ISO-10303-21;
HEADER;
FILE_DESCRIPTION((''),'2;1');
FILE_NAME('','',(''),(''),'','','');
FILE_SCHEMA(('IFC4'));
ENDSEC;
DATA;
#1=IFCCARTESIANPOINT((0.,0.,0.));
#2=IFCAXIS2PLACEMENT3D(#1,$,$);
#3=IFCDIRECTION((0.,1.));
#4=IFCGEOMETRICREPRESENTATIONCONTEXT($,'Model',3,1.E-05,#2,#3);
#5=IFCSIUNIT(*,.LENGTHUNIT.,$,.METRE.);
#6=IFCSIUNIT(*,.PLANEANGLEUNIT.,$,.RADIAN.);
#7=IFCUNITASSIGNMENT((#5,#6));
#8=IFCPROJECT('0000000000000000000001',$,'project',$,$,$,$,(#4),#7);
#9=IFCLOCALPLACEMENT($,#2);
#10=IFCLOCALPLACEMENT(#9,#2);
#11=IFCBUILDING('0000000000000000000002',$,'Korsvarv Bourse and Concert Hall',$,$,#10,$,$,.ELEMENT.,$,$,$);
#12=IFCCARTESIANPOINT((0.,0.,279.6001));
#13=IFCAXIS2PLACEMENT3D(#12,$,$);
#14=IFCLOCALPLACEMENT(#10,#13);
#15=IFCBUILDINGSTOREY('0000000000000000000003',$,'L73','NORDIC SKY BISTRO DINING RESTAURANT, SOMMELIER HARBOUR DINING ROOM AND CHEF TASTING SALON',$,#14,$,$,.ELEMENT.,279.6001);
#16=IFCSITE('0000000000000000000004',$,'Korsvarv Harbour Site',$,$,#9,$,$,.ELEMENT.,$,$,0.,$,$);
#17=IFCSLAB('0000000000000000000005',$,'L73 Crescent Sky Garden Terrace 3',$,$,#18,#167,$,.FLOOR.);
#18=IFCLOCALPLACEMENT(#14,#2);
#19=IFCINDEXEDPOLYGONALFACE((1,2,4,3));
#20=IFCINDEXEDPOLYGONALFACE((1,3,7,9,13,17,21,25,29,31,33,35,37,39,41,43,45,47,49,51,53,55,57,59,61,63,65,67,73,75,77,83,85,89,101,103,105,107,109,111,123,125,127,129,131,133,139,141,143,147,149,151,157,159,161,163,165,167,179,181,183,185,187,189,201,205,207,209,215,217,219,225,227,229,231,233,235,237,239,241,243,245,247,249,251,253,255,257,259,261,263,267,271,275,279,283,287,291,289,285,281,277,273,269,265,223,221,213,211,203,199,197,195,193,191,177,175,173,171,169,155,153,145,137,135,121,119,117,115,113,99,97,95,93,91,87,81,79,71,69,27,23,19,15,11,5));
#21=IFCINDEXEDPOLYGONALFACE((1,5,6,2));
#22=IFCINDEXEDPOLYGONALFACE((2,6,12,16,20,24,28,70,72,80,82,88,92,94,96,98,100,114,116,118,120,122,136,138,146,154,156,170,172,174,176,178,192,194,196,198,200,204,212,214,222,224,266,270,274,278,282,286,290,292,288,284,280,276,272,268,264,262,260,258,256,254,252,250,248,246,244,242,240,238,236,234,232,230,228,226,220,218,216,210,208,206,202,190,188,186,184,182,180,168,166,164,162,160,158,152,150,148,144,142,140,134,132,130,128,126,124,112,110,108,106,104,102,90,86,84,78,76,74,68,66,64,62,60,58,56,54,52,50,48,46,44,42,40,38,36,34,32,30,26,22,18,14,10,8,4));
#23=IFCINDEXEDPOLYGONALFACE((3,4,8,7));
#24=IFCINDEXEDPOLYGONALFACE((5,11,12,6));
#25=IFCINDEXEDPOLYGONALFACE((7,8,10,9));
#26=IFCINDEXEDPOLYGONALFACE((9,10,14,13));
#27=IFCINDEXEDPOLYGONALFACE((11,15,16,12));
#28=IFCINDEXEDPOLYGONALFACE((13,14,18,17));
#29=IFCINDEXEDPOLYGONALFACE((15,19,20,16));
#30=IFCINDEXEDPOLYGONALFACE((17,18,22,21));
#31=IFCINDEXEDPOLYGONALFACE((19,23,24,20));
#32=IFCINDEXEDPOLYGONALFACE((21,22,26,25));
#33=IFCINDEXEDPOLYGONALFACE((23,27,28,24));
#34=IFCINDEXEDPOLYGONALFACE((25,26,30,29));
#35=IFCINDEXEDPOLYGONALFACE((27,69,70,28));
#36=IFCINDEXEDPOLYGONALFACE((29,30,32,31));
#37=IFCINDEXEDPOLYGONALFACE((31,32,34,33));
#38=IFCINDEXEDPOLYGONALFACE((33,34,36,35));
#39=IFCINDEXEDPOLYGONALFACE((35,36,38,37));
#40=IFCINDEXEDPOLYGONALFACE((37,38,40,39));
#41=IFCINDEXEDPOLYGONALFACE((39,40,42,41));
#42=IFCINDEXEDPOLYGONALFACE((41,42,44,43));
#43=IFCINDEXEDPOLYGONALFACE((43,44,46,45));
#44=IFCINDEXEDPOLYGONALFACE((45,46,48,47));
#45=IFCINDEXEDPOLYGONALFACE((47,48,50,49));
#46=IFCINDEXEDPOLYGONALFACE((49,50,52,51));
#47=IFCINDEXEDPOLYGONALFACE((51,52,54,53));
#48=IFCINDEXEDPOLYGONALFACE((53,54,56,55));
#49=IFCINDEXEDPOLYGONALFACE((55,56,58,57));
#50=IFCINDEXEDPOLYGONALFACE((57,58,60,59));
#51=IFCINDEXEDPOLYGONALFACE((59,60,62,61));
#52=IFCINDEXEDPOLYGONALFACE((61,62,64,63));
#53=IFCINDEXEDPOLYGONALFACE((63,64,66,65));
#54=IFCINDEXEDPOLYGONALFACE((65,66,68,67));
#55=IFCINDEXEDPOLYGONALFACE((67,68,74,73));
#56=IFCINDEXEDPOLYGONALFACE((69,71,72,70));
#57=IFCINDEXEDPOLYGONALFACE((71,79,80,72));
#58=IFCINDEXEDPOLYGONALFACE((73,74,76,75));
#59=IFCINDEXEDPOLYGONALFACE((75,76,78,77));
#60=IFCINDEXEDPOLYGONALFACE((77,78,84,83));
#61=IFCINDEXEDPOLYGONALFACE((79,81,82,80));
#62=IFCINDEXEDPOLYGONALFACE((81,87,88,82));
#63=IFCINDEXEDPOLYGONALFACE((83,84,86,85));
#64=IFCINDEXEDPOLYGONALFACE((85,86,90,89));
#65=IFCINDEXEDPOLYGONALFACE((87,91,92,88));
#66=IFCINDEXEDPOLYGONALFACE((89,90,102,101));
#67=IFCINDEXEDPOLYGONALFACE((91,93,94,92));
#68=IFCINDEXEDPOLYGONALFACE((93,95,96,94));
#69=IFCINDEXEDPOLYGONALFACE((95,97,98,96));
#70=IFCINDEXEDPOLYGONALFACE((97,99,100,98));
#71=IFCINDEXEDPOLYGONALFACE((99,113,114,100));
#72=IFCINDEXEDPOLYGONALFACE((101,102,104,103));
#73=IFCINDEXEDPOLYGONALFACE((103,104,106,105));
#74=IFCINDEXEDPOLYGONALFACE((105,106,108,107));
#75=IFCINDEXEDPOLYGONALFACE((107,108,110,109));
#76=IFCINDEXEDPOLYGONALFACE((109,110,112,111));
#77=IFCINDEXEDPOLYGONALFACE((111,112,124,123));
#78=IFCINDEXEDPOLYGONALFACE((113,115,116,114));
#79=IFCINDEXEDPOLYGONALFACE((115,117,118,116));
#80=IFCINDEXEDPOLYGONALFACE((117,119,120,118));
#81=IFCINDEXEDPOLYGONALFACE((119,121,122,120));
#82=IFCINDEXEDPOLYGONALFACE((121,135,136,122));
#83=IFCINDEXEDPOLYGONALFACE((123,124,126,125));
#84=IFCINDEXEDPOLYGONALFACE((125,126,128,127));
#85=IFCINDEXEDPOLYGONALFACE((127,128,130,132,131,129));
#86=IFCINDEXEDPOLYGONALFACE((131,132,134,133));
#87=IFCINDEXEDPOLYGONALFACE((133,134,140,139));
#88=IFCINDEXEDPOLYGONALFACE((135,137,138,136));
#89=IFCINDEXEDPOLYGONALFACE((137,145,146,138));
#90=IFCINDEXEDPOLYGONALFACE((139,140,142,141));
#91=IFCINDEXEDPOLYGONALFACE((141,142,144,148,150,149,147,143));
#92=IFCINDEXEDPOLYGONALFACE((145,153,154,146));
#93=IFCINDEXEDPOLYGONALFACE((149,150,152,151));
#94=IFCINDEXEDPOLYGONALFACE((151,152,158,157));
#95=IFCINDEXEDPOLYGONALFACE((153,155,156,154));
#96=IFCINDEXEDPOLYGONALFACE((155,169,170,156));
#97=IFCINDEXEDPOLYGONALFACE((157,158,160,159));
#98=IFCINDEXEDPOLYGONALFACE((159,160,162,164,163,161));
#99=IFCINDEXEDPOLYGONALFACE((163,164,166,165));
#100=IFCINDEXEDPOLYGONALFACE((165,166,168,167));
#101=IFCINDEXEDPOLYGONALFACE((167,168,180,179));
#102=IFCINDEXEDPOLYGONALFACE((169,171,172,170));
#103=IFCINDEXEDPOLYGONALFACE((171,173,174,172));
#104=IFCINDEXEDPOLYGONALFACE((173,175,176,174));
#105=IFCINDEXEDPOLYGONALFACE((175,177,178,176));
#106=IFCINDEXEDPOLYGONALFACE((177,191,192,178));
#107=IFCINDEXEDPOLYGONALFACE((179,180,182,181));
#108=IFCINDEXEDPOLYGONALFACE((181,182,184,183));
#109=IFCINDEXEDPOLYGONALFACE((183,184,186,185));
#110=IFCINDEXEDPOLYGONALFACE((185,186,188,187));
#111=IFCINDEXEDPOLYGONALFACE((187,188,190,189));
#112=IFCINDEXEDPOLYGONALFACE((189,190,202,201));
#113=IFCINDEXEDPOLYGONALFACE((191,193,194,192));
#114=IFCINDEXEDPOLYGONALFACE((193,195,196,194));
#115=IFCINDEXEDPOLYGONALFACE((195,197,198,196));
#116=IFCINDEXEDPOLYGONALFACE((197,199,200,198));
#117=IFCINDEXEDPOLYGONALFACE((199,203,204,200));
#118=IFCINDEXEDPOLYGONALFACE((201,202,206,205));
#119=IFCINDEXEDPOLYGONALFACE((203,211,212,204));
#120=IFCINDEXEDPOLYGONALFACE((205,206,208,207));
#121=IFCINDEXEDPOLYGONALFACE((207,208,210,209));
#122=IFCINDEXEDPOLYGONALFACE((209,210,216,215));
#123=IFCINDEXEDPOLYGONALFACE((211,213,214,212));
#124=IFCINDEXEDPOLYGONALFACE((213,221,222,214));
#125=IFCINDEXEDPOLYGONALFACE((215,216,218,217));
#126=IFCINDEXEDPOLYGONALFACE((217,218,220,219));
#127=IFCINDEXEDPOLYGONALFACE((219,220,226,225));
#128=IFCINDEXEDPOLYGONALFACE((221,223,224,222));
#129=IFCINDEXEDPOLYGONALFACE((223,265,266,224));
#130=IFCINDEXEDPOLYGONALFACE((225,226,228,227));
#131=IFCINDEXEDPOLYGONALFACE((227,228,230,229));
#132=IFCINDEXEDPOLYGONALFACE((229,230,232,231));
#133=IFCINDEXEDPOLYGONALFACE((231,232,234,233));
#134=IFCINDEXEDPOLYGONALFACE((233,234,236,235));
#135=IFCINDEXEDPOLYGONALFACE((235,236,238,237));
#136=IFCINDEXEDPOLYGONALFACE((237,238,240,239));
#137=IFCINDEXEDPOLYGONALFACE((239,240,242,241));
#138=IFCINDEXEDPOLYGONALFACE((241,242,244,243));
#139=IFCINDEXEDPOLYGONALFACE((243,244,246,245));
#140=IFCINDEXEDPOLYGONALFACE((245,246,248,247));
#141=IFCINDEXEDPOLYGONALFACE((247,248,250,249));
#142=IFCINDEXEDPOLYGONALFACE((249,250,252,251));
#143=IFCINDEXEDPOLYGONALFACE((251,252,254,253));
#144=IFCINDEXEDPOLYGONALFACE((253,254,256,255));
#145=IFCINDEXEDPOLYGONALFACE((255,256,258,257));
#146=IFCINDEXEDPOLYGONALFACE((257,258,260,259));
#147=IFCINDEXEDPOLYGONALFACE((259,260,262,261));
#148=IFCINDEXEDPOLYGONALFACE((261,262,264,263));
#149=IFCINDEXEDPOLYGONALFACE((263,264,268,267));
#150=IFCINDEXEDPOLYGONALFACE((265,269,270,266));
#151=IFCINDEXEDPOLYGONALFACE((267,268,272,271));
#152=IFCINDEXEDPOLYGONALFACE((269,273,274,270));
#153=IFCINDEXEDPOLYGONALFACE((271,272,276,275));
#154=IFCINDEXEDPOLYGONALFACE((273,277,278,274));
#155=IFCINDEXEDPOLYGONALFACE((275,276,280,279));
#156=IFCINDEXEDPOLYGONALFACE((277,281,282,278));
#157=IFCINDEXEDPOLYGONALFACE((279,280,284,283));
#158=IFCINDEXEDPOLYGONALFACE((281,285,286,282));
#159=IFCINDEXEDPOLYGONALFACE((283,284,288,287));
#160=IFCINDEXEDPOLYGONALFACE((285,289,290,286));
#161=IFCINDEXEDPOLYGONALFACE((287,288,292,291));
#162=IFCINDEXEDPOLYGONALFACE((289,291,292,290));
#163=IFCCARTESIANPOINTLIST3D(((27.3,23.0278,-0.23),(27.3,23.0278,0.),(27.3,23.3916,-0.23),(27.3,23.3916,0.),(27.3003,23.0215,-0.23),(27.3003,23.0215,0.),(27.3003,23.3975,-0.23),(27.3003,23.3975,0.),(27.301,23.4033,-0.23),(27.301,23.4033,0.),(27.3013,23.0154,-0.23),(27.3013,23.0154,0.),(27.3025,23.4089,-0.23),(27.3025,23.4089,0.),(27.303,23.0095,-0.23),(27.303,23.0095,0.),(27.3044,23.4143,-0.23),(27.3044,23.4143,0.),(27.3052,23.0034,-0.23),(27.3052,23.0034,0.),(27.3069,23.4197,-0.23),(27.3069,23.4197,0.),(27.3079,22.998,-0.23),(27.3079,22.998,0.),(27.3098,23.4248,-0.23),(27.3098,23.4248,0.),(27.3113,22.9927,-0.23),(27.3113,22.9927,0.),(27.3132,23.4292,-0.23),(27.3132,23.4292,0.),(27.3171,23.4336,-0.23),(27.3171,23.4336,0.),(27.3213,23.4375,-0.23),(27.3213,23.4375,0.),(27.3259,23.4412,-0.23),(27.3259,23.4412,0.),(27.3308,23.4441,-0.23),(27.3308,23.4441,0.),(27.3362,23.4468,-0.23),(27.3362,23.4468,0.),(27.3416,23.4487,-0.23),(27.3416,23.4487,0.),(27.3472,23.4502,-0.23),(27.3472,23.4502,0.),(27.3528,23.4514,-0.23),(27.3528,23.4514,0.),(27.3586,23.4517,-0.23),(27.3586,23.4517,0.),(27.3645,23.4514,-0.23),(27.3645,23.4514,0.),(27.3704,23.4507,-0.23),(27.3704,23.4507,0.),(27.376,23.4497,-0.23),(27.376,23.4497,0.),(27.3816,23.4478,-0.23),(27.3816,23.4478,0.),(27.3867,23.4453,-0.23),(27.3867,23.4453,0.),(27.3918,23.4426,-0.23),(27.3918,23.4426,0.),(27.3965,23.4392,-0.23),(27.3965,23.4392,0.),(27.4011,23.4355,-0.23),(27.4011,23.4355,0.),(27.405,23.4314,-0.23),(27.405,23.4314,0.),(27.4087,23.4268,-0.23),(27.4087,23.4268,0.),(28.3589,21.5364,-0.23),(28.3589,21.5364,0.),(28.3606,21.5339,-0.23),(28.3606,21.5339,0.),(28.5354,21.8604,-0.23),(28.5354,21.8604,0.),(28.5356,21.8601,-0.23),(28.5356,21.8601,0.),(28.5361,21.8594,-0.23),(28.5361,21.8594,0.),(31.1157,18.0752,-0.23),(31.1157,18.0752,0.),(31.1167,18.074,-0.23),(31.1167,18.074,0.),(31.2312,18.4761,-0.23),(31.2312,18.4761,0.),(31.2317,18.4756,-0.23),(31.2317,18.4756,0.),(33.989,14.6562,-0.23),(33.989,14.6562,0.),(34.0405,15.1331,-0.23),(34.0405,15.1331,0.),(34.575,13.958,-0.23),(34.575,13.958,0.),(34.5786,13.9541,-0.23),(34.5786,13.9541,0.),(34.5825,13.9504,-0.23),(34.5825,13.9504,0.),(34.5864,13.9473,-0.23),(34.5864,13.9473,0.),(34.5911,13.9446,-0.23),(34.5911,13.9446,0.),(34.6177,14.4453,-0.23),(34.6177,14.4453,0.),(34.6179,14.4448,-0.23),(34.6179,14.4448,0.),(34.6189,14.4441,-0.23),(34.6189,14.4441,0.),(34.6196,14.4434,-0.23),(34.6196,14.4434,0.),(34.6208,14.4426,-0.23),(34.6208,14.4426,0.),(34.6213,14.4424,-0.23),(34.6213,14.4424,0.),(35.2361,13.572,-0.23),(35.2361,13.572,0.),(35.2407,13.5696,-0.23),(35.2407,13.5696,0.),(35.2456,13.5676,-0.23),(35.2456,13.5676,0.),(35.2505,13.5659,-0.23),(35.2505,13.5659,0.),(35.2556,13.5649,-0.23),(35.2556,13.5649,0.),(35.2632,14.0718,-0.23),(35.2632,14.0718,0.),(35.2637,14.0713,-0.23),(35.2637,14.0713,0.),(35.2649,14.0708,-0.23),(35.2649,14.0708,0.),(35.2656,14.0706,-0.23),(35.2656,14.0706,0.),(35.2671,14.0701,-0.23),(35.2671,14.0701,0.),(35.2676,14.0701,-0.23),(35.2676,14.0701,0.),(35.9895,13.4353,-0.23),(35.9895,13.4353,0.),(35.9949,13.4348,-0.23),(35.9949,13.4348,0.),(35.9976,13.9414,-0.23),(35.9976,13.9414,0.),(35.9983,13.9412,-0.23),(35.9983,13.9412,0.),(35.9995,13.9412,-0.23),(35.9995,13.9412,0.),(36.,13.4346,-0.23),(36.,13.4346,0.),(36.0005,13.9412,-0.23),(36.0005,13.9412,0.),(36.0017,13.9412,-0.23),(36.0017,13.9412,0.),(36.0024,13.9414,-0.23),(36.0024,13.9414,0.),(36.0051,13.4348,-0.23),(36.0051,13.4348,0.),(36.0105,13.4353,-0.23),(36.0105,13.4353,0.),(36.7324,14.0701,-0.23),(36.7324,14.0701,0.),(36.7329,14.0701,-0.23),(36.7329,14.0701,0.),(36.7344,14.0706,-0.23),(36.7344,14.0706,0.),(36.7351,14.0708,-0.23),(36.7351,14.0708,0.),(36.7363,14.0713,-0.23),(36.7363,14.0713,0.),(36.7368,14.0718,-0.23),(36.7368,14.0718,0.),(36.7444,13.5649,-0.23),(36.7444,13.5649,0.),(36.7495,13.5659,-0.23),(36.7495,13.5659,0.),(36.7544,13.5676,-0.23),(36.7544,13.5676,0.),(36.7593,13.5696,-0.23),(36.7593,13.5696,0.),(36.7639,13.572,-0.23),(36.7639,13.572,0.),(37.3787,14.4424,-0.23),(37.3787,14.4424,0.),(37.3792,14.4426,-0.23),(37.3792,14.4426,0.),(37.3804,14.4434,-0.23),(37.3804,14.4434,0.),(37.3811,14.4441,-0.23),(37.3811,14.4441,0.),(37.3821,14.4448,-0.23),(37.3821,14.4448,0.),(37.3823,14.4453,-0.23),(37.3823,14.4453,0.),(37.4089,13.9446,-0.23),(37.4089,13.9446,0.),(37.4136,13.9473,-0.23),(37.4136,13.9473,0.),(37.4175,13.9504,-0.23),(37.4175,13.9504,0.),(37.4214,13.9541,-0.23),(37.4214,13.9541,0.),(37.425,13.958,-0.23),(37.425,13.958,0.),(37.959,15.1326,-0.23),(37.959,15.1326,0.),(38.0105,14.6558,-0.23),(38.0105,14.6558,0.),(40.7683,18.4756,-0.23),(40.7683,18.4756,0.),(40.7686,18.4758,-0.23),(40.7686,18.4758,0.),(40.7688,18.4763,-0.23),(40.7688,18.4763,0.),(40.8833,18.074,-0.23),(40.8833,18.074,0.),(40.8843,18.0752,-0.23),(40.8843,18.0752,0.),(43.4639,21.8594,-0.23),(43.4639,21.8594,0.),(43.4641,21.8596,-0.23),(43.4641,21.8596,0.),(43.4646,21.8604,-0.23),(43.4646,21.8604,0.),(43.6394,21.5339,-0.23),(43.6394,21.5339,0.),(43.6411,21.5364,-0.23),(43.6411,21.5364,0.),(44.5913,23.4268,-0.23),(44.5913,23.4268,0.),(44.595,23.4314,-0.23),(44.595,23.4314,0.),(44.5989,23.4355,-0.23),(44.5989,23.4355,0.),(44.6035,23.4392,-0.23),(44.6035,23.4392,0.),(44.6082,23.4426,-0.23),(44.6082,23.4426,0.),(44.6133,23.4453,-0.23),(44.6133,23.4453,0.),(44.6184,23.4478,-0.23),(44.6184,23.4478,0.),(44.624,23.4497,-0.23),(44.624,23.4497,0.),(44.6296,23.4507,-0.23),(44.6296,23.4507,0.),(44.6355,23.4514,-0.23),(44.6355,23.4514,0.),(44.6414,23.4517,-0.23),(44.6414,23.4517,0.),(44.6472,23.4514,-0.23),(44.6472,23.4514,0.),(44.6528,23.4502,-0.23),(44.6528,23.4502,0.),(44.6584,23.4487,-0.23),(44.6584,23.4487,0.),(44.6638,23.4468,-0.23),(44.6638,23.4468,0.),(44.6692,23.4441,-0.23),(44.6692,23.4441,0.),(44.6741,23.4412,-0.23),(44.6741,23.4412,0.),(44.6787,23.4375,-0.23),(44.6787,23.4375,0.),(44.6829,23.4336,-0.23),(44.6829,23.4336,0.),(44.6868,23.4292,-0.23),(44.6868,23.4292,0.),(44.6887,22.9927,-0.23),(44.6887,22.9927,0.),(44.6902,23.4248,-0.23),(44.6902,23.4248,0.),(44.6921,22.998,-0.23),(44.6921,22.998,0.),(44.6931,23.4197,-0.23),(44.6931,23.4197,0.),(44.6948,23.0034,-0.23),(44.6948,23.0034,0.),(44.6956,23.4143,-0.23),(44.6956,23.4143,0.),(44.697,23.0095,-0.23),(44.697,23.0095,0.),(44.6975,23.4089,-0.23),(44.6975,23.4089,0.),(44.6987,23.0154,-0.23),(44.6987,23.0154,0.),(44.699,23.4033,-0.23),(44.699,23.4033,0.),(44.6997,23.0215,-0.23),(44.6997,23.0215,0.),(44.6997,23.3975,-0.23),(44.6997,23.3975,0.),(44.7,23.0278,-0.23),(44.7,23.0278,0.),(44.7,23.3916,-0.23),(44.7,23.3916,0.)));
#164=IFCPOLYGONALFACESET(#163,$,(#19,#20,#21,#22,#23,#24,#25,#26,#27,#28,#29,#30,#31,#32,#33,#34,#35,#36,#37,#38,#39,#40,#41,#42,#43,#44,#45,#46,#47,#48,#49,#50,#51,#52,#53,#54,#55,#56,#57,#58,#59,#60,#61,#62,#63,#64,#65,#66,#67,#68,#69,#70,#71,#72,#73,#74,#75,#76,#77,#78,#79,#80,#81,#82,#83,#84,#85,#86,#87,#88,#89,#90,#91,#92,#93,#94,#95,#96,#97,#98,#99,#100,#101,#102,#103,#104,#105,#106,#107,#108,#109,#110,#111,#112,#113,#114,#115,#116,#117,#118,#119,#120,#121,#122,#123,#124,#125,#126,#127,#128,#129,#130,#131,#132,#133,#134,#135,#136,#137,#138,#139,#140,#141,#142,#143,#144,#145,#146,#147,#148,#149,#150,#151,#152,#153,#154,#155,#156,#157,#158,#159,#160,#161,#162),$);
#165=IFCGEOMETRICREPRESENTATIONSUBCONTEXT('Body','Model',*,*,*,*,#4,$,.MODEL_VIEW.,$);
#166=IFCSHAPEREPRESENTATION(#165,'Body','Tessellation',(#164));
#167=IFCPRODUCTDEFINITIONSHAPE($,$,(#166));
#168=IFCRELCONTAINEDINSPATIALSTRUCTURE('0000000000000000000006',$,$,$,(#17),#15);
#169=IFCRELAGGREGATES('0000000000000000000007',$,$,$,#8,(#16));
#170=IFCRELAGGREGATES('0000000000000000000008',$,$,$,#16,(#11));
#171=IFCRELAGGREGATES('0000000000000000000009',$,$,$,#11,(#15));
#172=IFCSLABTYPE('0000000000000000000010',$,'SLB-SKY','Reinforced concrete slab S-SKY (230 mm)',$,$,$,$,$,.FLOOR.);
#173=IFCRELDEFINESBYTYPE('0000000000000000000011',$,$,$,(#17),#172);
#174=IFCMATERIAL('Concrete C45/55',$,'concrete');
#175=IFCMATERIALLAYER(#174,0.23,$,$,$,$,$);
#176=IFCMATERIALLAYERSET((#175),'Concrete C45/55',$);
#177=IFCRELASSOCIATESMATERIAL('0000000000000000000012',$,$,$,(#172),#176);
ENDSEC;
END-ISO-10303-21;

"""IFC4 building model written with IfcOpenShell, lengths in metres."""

from ifc_helpers import new_model, si_unit, direction, frame, origin, place, context, subcontext, project, spatial, polyline, outline, extrude, material, layer, layer_set, type_object, element, save


model = new_model("IFC4")

# Units and contexts
model_context = context("Model", 3, precision=1e-05, world=origin(), true_north=direction((0.0, 1.0)))
body_context = subcontext(model_context, "Body", "Model", "MODEL_VIEW")
ifc_project = project(units=[si_unit("LENGTHUNIT", "METRE"), si_unit("PLANEANGLEUNIT", "RADIAN")], contexts=[model_context])

# Site, building, storey
site_placement = place(None, origin())
site = spatial("IfcSite", under=ifc_project, at=site_placement, Name="Korsvarv Harbour Site", CompositionType="ELEMENT", RefElevation=0.0)
building_placement = place(site_placement, origin())
building = spatial("IfcBuilding", under=site, at=building_placement, Name="Korsvarv Bourse and Concert Hall", CompositionType="ELEMENT")
storey_placement = place(building_placement, frame((0.0, 0.0, 279.6001)))
storey = spatial("IfcBuildingStorey", under=building, at=storey_placement, Name="L73", Description="NORDIC SKY BISTRO DINING RESTAURANT, SOMMELIER HARBOUR DINING ROOM AND CHEF TASTING SALON", CompositionType="ELEMENT", Elevation=279.6001)

# Slab
ifc_material_1 = material(Name="Concrete C45/55", Category="concrete")
ifc_layer_1 = layer(ifc_material_1, 0.23)
ifc_layer_set_1 = layer_set([ifc_layer_1], Name="Concrete C45/55")
slab_type_1 = type_object("IfcSlabType", Name="SLB-SKY", Description="Reinforced concrete slab S-SKY (230 mm)", PredefinedType="FLOOR", material=ifc_layer_set_1)
slab_1_placement = place(storey_placement, frame((0.0, 0.0, -0.23)))
element("IfcSlab", 1, at=slab_1_placement, inside=storey, type_object=slab_type_1, Name="L73 Crescent Sky Garden Terrace 3", PredefinedType="FLOOR", context=body_context, shape_type="SweptSolid", body=[
    extrude(outline(polyline([(34.6196, 14.4434), (34.6208, 14.4426), (34.6213, 14.4424), (35.2632, 14.0718), (35.2637, 14.0713), (35.2649, 14.0708), (35.2656, 14.0706), (35.2671, 14.0701), (35.2676, 14.0701), (35.9976, 13.9414), (35.9983, 13.9412), (35.9995, 13.9412), (36.0005, 13.9412), (36.0017, 13.9412), (36.0024, 13.9414), (36.7324, 14.0701), (36.7329, 14.0701), (36.7344, 14.0706), (36.7351, 14.0708), (36.7363, 14.0713), (36.7368, 14.0718), (37.3787, 14.4424), (37.3792, 14.4426), (37.3804, 14.4434), (37.3811, 14.4441), (37.3821, 14.4448), (37.3823, 14.4453), (37.959, 15.1326), (40.7683, 18.4756), (40.7686, 18.4758), (40.7688, 18.4763), (43.4639, 21.8594), (43.4641, 21.8596), (43.4646, 21.8604), (44.5913, 23.4268), (44.595, 23.4314), (44.5989, 23.4355), (44.6035, 23.4392), (44.6082, 23.4426), (44.6133, 23.4453), (44.6184, 23.4478), (44.624, 23.4497), (44.6296, 23.4507), (44.6355, 23.4514), (44.6414, 23.4517), (44.6472, 23.4514), (44.6528, 23.4502), (44.6584, 23.4487), (44.6638, 23.4468), (44.6692, 23.4441), (44.6741, 23.4412), (44.6787, 23.4375), (44.6829, 23.4336), (44.6868, 23.4292), (44.6902, 23.4248), (44.6931, 23.4197), (44.6956, 23.4143), (44.6975, 23.4089), (44.699, 23.4033), (44.6997, 23.3975), (44.7, 23.3916), (44.7, 23.0278), (44.6997, 23.0215), (44.6987, 23.0154), (44.697, 23.0095), (44.6948, 23.0034), (44.6921, 22.998), (44.6887, 22.9927), (43.6411, 21.5364), (43.6394, 21.5339), (40.8843, 18.0752), (40.8833, 18.074), (38.0105, 14.6558), (37.425, 13.958), (37.4214, 13.9541), (37.4175, 13.9504), (37.4136, 13.9473), (37.4089, 13.9446), (36.7639, 13.572), (36.7593, 13.5696), (36.7544, 13.5676), (36.7495, 13.5659), (36.7444, 13.5649), (36.0105, 13.4353), (36.0051, 13.4348), (36.0, 13.4346), (35.9949, 13.4348), (35.9895, 13.4353), (35.2556, 13.5649), (35.2505, 13.5659), (35.2456, 13.5676), (35.2407, 13.5696), (35.2361, 13.572), (34.5911, 13.9446), (34.5864, 13.9473), (34.5825, 13.9504), (34.5786, 13.9541), (34.575, 13.958), (33.989, 14.6562), (31.1167, 18.074), (31.1157, 18.0752), (28.3606, 21.5339), (28.3589, 21.5364), (27.3113, 22.9927), (27.3079, 22.998), (27.3052, 23.0034), (27.303, 23.0095), (27.3013, 23.0154), (27.3003, 23.0215), (27.3, 23.0278), (27.3, 23.3916), (27.3003, 23.3975), (27.301, 23.4033), (27.3025, 23.4089), (27.3044, 23.4143), (27.3069, 23.4197), (27.3098, 23.4248), (27.3132, 23.4292), (27.3171, 23.4336), (27.3213, 23.4375), (27.3259, 23.4412), (27.3308, 23.4441), (27.3362, 23.4468), (27.3416, 23.4487), (27.3472, 23.4502), (27.3528, 23.4514), (27.3586, 23.4517), (27.3645, 23.4514), (27.3704, 23.4507), (27.376, 23.4497), (27.3816, 23.4478), (27.3867, 23.4453), (27.3918, 23.4426), (27.3965, 23.4392), (27.4011, 23.4355), (27.405, 23.4314), (27.4087, 23.4268), (28.5354, 21.8604), (28.5356, 21.8601), (28.5361, 21.8594), (31.2312, 18.4761), (31.2312, 18.4761), (31.2317, 18.4756), (34.0405, 15.1331), (34.6177, 14.4453), (34.6179, 14.4448), (34.6189, 14.4441), (34.6196, 14.4434)])), origin(), (0.0, 0.0, 1.0), 0.23),
])

save(model, "model.ifc")
